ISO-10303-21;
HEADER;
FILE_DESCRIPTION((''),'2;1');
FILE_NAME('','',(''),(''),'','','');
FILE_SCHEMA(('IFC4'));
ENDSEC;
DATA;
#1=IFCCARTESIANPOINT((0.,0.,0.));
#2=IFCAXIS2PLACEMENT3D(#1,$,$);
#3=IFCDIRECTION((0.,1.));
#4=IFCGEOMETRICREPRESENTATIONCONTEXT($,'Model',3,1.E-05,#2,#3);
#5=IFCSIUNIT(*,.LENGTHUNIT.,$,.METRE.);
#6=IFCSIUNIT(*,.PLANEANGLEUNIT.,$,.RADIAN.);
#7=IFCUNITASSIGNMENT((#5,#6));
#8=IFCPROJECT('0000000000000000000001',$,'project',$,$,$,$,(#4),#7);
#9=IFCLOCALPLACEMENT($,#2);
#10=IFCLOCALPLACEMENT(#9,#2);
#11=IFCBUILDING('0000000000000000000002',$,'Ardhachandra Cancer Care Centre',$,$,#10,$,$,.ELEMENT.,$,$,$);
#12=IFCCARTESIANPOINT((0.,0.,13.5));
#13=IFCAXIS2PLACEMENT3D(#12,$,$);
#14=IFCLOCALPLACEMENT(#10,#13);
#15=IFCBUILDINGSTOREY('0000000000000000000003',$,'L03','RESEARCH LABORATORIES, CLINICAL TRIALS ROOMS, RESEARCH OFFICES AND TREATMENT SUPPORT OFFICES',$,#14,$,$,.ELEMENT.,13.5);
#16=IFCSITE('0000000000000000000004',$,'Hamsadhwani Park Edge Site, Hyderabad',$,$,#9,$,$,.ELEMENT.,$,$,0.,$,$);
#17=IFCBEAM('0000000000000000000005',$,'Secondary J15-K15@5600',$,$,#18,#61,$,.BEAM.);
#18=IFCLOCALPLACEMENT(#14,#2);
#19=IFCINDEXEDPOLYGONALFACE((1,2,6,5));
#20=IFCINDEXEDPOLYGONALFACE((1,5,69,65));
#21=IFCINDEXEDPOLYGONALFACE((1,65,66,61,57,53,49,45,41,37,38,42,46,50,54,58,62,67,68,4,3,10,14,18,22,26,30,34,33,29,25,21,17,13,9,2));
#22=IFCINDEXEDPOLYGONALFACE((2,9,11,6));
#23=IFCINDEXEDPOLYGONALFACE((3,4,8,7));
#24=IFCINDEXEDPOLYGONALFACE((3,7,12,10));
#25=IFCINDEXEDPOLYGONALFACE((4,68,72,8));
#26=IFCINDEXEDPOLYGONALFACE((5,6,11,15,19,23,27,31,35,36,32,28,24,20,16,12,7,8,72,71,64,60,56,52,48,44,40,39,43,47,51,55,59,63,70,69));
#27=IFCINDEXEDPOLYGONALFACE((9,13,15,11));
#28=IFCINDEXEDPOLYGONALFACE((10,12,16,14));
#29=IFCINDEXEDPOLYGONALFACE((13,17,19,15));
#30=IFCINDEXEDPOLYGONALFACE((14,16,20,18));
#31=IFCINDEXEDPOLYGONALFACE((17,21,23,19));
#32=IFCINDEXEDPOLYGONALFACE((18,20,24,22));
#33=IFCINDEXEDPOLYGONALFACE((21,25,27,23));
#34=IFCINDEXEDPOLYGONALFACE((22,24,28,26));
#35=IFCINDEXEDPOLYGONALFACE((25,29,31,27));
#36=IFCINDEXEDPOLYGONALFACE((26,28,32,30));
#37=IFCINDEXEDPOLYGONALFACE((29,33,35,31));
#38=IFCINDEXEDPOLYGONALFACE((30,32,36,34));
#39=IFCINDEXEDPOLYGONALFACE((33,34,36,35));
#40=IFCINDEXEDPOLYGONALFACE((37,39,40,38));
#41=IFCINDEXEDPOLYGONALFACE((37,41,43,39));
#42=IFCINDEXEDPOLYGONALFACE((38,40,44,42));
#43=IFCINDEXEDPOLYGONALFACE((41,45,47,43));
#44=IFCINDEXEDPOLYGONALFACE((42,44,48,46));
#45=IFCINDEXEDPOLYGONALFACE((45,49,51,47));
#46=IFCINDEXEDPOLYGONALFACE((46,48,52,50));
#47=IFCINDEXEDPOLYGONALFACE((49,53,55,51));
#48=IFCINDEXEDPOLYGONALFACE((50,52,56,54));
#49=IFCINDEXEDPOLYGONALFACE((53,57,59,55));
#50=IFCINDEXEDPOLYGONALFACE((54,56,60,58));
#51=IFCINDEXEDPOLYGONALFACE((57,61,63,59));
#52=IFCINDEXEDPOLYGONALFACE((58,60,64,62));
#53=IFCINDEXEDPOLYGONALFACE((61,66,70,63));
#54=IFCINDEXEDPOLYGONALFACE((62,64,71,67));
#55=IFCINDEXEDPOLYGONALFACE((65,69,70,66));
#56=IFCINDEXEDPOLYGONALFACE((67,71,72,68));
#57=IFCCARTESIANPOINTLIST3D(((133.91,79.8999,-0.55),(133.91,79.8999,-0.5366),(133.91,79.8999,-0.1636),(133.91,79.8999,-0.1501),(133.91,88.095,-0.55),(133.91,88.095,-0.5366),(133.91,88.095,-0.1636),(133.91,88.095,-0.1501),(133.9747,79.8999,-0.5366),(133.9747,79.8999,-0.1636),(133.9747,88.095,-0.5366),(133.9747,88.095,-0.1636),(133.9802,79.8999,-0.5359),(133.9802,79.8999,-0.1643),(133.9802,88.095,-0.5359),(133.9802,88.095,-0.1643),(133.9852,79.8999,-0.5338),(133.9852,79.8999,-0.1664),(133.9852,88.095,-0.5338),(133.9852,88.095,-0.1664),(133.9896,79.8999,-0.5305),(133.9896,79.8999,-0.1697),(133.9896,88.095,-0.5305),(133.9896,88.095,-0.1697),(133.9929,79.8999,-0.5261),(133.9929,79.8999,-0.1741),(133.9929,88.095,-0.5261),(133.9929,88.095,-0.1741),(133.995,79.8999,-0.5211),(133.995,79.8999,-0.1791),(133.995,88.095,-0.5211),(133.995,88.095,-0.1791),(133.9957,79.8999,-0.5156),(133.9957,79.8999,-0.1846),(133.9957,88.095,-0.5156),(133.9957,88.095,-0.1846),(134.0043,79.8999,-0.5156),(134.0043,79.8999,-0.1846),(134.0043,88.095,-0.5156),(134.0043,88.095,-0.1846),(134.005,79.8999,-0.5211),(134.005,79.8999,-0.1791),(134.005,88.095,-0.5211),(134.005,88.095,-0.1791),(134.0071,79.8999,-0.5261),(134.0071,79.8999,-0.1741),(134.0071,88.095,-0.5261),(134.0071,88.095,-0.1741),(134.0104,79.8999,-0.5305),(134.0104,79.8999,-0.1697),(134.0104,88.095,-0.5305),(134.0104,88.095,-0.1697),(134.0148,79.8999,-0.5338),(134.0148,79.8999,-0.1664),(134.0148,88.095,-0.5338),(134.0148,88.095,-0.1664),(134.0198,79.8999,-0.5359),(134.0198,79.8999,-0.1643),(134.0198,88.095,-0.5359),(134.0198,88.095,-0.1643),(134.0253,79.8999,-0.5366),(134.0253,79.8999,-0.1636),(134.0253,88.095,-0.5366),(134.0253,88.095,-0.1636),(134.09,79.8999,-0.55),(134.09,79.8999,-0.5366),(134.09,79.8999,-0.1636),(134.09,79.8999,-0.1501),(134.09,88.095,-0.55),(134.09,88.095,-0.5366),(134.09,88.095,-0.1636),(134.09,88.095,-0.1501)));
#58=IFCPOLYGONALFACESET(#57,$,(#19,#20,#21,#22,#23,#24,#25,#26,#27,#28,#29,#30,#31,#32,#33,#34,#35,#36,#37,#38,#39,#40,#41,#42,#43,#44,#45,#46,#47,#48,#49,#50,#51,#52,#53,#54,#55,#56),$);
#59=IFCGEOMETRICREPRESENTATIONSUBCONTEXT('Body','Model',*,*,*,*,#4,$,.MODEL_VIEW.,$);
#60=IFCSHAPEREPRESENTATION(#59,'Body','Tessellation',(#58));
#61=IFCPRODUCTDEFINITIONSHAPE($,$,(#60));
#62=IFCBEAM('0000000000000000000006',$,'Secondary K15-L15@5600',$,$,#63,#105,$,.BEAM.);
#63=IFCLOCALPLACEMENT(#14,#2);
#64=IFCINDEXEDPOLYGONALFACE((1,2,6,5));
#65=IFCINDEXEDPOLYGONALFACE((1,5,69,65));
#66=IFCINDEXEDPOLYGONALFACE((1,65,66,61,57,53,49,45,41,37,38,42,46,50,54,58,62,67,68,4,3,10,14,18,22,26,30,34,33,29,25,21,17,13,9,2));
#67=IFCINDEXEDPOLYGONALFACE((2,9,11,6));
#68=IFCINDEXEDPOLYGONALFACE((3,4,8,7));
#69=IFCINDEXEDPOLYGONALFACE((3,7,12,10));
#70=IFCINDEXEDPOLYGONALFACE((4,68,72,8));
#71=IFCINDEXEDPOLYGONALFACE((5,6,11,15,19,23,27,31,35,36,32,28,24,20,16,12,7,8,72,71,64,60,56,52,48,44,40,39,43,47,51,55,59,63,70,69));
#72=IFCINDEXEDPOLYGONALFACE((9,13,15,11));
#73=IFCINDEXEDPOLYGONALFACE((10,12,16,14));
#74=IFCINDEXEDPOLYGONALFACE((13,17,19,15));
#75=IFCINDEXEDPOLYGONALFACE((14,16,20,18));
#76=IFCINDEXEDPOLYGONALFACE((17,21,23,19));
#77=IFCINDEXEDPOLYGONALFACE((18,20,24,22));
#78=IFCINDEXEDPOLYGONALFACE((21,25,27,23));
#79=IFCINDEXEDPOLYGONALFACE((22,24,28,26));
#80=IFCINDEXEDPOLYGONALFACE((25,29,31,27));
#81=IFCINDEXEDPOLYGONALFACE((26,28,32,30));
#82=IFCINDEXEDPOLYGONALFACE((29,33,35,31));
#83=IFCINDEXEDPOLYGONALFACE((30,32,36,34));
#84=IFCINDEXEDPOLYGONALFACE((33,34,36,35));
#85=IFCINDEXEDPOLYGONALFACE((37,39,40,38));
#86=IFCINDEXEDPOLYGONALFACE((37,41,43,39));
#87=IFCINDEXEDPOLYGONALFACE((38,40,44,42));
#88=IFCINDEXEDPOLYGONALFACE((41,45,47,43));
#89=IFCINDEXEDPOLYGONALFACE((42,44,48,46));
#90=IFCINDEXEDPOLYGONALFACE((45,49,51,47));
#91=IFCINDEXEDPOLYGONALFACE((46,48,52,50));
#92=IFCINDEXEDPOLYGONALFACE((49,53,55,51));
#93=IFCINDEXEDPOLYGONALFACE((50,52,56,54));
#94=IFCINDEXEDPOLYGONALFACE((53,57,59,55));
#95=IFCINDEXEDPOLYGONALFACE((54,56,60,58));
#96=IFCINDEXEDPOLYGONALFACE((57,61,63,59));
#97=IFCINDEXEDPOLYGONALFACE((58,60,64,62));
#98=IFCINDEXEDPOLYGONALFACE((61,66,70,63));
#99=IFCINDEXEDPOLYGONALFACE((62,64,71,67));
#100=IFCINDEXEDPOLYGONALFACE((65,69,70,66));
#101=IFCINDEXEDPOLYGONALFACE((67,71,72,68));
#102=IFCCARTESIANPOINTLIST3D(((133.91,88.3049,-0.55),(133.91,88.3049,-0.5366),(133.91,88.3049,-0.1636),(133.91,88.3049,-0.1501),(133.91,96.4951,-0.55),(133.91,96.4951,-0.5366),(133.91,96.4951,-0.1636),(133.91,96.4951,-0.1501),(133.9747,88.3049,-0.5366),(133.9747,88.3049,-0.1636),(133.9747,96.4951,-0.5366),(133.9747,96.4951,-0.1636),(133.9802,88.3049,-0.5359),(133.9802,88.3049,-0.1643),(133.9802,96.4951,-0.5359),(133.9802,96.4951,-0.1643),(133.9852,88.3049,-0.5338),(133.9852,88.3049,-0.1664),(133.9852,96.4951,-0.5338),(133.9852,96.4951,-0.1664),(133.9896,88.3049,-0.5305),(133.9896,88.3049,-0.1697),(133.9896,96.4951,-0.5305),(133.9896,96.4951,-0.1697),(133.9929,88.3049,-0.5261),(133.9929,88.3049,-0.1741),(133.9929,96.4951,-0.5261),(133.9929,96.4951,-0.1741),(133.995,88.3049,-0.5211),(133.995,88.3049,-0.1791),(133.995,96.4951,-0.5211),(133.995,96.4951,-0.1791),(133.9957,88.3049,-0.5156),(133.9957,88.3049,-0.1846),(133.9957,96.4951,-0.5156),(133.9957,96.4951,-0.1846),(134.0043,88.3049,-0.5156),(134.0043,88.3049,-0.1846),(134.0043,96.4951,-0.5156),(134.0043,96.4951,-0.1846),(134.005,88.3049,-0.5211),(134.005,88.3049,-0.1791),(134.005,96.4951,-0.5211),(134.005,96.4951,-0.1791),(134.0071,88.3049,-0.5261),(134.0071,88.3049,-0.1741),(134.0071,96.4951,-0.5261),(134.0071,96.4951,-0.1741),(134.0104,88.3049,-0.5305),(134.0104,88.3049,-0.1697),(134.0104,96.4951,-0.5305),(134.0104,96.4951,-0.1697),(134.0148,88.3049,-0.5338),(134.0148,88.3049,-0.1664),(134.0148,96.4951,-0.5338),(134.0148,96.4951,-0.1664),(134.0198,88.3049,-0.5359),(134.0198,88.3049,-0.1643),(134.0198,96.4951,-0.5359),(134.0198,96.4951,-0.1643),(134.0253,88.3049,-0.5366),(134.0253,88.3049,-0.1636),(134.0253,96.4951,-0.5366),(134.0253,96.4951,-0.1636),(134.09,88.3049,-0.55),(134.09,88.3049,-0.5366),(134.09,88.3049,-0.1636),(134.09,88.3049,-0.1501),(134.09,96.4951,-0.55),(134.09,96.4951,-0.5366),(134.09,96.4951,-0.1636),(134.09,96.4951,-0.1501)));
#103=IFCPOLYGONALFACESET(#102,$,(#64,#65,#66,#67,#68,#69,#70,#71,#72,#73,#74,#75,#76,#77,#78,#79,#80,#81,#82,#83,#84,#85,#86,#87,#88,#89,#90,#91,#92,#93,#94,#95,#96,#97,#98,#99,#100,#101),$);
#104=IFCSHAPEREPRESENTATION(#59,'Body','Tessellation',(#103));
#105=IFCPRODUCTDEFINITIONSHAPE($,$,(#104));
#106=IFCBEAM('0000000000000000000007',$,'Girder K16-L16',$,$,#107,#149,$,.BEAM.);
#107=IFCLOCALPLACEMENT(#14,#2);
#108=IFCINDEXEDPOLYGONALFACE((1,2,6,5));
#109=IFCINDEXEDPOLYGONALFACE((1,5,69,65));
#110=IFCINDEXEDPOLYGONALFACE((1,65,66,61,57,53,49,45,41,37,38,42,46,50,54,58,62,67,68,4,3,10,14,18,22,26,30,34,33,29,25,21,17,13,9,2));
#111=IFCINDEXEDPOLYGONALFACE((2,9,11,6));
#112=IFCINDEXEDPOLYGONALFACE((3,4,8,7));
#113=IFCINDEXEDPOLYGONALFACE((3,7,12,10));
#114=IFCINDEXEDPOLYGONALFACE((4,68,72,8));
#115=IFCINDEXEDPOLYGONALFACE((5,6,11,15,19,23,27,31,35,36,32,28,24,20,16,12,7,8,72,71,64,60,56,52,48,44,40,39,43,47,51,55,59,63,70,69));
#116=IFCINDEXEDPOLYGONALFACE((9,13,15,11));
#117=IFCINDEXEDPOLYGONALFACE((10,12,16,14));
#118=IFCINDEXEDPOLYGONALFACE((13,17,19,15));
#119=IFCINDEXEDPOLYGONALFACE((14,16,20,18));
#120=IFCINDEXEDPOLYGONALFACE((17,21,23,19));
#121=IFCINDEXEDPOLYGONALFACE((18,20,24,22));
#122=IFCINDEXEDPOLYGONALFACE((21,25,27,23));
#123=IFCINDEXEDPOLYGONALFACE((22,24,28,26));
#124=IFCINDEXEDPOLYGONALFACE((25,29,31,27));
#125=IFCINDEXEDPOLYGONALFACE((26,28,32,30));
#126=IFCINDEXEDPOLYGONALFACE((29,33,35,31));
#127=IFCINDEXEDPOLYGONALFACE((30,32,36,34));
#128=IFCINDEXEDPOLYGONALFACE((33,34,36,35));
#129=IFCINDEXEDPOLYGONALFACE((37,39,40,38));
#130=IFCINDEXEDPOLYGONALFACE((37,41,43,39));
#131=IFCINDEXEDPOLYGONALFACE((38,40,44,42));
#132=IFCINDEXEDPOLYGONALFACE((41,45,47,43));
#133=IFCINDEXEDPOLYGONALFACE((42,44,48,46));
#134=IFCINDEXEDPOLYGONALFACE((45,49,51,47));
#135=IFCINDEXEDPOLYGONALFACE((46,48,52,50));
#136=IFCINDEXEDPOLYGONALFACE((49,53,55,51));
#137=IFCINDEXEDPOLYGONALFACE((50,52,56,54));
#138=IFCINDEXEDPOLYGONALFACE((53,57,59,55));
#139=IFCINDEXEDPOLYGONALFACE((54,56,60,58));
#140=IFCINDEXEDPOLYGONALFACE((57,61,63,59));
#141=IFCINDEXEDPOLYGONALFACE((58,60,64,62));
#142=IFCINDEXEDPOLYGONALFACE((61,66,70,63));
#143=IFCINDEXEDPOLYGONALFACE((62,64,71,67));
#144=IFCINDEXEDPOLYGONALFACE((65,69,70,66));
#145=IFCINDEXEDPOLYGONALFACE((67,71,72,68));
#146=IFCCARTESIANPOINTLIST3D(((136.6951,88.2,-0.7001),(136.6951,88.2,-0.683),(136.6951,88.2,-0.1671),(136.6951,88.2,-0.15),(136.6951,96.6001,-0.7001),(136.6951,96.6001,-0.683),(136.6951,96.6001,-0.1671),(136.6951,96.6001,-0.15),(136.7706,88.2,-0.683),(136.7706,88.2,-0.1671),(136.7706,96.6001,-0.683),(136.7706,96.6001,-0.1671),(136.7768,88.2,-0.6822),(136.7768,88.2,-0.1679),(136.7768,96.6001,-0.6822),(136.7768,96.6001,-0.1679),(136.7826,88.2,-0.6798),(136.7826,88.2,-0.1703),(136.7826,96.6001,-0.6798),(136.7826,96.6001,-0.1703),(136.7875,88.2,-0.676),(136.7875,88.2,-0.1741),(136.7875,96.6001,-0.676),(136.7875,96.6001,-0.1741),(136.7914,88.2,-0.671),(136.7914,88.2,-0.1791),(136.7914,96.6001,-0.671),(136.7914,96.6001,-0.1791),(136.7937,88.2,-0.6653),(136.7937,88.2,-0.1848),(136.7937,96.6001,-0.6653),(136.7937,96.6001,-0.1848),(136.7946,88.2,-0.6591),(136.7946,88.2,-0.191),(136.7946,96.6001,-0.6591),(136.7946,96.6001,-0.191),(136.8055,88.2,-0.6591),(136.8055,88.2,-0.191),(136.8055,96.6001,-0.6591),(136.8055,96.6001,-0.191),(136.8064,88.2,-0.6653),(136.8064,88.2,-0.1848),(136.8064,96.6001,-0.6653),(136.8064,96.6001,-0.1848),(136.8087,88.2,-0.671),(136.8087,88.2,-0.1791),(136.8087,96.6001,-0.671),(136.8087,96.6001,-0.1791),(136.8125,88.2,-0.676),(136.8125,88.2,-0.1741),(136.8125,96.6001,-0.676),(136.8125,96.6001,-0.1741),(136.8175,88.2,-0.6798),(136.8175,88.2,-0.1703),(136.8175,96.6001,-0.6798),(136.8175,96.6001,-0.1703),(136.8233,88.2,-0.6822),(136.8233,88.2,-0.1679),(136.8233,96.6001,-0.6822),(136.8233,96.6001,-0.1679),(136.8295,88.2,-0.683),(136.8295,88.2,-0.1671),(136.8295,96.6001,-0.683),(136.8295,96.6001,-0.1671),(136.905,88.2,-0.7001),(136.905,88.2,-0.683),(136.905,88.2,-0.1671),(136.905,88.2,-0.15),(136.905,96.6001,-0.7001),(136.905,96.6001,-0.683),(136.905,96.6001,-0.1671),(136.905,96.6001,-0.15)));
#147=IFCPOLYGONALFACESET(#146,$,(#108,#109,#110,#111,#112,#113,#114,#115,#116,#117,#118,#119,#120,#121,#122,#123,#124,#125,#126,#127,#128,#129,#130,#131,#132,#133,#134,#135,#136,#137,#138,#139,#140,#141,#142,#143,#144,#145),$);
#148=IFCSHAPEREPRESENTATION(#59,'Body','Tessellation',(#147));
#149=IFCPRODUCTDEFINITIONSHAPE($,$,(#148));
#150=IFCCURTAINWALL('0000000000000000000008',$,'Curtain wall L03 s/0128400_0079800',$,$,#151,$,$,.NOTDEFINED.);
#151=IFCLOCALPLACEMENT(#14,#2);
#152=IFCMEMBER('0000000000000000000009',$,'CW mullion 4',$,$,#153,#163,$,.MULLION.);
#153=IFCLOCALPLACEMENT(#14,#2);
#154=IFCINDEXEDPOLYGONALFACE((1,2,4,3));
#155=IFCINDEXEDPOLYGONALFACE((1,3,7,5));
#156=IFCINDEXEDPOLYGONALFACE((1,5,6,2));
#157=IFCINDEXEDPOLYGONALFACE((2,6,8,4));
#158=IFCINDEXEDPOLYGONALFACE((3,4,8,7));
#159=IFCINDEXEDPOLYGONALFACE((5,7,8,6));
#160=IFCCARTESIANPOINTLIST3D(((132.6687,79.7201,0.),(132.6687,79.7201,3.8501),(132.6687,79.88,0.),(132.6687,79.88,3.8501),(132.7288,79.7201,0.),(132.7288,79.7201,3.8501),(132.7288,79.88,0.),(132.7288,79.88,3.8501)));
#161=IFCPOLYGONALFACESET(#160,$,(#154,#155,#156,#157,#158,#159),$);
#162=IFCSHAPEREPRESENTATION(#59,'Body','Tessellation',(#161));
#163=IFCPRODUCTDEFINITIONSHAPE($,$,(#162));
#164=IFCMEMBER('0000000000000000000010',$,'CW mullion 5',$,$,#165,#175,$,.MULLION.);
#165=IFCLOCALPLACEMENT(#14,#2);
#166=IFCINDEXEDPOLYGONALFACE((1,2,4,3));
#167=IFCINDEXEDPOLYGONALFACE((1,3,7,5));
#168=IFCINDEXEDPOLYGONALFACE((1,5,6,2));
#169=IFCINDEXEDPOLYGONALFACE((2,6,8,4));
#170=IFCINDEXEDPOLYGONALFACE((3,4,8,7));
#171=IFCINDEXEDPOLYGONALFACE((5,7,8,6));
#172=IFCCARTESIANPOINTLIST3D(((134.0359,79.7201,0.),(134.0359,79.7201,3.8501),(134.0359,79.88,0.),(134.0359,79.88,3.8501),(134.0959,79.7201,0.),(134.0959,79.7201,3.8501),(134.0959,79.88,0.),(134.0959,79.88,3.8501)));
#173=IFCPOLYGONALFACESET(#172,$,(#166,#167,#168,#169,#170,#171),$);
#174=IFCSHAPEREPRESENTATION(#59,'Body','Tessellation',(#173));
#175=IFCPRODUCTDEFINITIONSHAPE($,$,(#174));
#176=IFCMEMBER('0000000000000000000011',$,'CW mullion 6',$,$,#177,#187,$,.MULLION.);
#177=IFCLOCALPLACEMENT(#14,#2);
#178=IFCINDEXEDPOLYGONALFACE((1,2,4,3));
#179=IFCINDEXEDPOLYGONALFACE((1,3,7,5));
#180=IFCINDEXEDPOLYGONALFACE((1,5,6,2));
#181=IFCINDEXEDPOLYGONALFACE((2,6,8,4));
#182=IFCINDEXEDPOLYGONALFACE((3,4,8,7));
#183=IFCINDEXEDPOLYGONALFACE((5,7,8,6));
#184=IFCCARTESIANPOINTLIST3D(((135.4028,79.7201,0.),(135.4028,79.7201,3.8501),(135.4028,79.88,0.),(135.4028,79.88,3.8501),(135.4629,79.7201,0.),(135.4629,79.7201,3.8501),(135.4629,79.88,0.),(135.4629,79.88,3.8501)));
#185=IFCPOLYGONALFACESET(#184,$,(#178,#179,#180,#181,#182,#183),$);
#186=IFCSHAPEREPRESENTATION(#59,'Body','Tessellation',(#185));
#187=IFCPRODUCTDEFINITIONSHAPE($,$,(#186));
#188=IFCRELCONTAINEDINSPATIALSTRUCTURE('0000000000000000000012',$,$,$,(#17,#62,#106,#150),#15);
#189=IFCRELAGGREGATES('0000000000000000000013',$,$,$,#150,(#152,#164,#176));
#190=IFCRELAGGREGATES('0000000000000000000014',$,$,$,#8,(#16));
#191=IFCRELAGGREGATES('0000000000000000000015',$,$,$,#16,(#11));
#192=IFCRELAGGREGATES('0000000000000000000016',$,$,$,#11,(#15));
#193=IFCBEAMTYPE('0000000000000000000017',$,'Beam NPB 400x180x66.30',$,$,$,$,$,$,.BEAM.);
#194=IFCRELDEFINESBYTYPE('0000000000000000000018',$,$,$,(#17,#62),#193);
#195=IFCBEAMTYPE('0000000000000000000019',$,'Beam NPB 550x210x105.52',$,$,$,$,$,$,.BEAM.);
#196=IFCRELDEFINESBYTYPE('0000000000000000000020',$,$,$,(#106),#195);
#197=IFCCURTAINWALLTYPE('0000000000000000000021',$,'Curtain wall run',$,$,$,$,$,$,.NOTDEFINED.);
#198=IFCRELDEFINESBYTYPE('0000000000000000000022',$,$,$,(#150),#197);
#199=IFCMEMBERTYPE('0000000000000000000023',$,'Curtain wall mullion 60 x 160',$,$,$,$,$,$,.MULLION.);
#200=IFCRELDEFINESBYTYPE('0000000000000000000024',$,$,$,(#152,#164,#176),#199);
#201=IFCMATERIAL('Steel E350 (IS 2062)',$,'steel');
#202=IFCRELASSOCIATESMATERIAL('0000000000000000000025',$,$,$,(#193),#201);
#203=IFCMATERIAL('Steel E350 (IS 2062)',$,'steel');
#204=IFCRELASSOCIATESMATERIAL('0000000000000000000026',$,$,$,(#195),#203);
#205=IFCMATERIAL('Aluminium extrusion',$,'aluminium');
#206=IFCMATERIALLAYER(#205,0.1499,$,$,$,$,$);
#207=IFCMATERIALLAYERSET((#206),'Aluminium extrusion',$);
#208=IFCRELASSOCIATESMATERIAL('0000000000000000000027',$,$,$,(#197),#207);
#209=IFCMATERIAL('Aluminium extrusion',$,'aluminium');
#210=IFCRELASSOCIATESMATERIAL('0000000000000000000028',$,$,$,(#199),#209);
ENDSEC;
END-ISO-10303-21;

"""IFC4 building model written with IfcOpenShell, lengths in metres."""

from ifc_helpers import new_model, si_unit, direction, frame, origin, origin_2d, place, context, subcontext, project, spatial, rectangle, i_section, extrude, material, layer, layer_set, material_profile, profile_set, type_object, element, aggregate, save


model = new_model("IFC4")

# Units and contexts
model_context = context("Model", 3, precision=1e-05, world=origin(), true_north=direction((0.0, 1.0)))
body_context = subcontext(model_context, "Body", "Model", "MODEL_VIEW")
ifc_project = project(units=[si_unit("LENGTHUNIT", "METRE"), si_unit("PLANEANGLEUNIT", "RADIAN")], contexts=[model_context])

# Site, building, storey
site_placement = place(None, origin())
site = spatial("IfcSite", under=ifc_project, at=site_placement, Name="Hamsadhwani Park Edge Site, Hyderabad", CompositionType="ELEMENT", RefElevation=0.0)
building_placement = place(site_placement, origin())
building = spatial("IfcBuilding", under=site, at=building_placement, Name="Ardhachandra Cancer Care Centre", CompositionType="ELEMENT")
storey_placement = place(building_placement, frame((0.0, 0.0, 13.5)))
storey = spatial("IfcBuildingStorey", under=building, at=storey_placement, Name="L03", Description="RESEARCH LABORATORIES, CLINICAL TRIALS ROOMS, RESEARCH OFFICES AND TREATMENT SUPPORT OFFICES", CompositionType="ELEMENT", Elevation=13.5)

# Beams
ifc_material_1 = material(Name="Steel E350 (IS 2062)", Category="steel")
ifc_material_profile_1 = material_profile(ifc_material_1, i_section(OverallWidth=0.1799, OverallDepth=0.3999, WebThickness=0.0085, FlangeThickness=0.0134, FilletRadius=0.021, at=origin_2d()), Name="NPB 400x180x66.30")
ifc_profile_set_1 = profile_set([ifc_material_profile_1], Name="Steel E350 (IS 2062)")
beam_type_1 = type_object("IfcBeamType", Name="Beam NPB 400x180x66.30", PredefinedType="BEAM", material=ifc_profile_set_1)
beam_1_placement = place(storey_placement, frame((134.0, 79.8999, -0.3501), z_axis=(0.0, 1.0, 0.0), x_axis=(-1.0, 0.0, 0.0)))
element("IfcBeam", 1, at=beam_1_placement, inside=storey, type_object=beam_type_1, Name="Secondary J15-K15@5600", PredefinedType="BEAM", context=body_context, shape_type="SweptSolid", body=[
    extrude(i_section(OverallWidth=0.1799, OverallDepth=0.3999, WebThickness=0.0085, FlangeThickness=0.0134, FilletRadius=0.021, at=origin_2d()), origin(), (0.0, 0.0, 1.0), 8.1951),
])
beam_2_placement = place(storey_placement, frame((134.0, 88.3049, -0.3501), z_axis=(0.0, 1.0, 0.0), x_axis=(-1.0, 0.0, 0.0)))
element("IfcBeam", 2, at=beam_2_placement, inside=storey, type_object=beam_type_1, Name="Secondary K15-L15@5600", PredefinedType="BEAM", context=body_context, shape_type="SweptSolid", body=[
    extrude(i_section(OverallWidth=0.1799, OverallDepth=0.3999, WebThickness=0.0085, FlangeThickness=0.0134, FilletRadius=0.021, at=origin_2d()), origin(), (0.0, 0.0, 1.0), 8.1902),
])
ifc_material_2 = material(Name="Steel E350 (IS 2062)", Category="steel")
ifc_material_profile_2 = material_profile(ifc_material_2, i_section(OverallWidth=0.21, OverallDepth=0.55, WebThickness=0.011, FlangeThickness=0.0171, FilletRadius=0.0239, at=origin_2d()), Name="NPB 550x210x105.52")
ifc_profile_set_2 = profile_set([ifc_material_profile_2], Name="Steel E350 (IS 2062)")
beam_type_2 = type_object("IfcBeamType", Name="Beam NPB 550x210x105.52", PredefinedType="BEAM", material=ifc_profile_set_2)
beam_3_placement = place(storey_placement, frame((136.8, 88.2, -0.425), z_axis=(0.0, 1.0, 0.0), x_axis=(-1.0, 0.0, 0.0)))
element("IfcBeam", 3, at=beam_3_placement, inside=storey, type_object=beam_type_2, Name="Girder K16-L16", PredefinedType="BEAM", context=body_context, shape_type="SweptSolid", body=[
    extrude(i_section(OverallWidth=0.21, OverallDepth=0.55, WebThickness=0.011, FlangeThickness=0.0171, FilletRadius=0.0239, at=origin_2d()), origin(), (0.0, 0.0, 1.0), 8.4001),
])

# Curtain wall, members
ifc_material_3 = material(Name="Aluminium extrusion", Category="aluminium")
ifc_layer_1 = layer(ifc_material_3, 0.1499)
ifc_layer_set_1 = layer_set([ifc_layer_1], Name="Aluminium extrusion")
curtain_wall_type = type_object("IfcCurtainWallType", Name="Curtain wall run", PredefinedType="NOTDEFINED", material=ifc_layer_set_1)
curtain_wall_placement = place(storey_placement, origin())
curtain_wall = element("IfcCurtainWall", 4, at=curtain_wall_placement, inside=storey, type_object=curtain_wall_type, Name="Curtain wall L03 s/0128400_0079800", PredefinedType="NOTDEFINED")
ifc_material_4 = material(Name="Aluminium extrusion", Category="aluminium")
ifc_material_profile_3 = material_profile(ifc_material_4, rectangle(XDim=0.1599, YDim=0.0601, at=origin_2d()), Name="Curtain wall mullion 60 x 160")
ifc_profile_set_3 = profile_set([ifc_material_profile_3], Name="Aluminium extrusion")
member_type_1 = type_object("IfcMemberType", Name="Curtain wall mullion 60 x 160", PredefinedType="MULLION", material=ifc_profile_set_3)
member_1_placement = place(storey_placement, frame((132.6987, 79.8, 0.0), z_axis=(0.0, 0.0, 1.0), x_axis=(0.0, 1.0, 0.0)))
member_1 = element("IfcMember", 5, at=member_1_placement, type_object=member_type_1, Name="CW mullion 4", PredefinedType="MULLION", context=body_context, shape_type="SweptSolid", body=[
    extrude(rectangle(XDim=0.1599, YDim=0.0601, at=origin_2d()), origin(), (0.0, 0.0, 1.0), 3.8501),
])
member_2_placement = place(storey_placement, frame((134.0659, 79.8, 0.0), z_axis=(0.0, 0.0, 1.0), x_axis=(0.0, 1.0, 0.0)))
member_2 = element("IfcMember", 6, at=member_2_placement, type_object=member_type_1, Name="CW mullion 5", PredefinedType="MULLION", context=body_context, shape_type="SweptSolid", body=[
    extrude(rectangle(XDim=0.1599, YDim=0.0601, at=origin_2d()), origin(), (0.0, 0.0, 1.0), 3.8501),
])
member_3_placement = place(storey_placement, frame((135.4329, 79.8, 0.0), z_axis=(0.0, 0.0, 1.0), x_axis=(0.0, 1.0, 0.0)))
member_3 = element("IfcMember", 7, at=member_3_placement, type_object=member_type_1, Name="CW mullion 6", PredefinedType="MULLION", context=body_context, shape_type="SweptSolid", body=[
    extrude(rectangle(XDim=0.1599, YDim=0.0601, at=origin_2d()), origin(), (0.0, 0.0, 1.0), 3.8501),
])
aggregate(curtain_wall, [member_1, member_2, member_3])

save(model, "model.ifc")
